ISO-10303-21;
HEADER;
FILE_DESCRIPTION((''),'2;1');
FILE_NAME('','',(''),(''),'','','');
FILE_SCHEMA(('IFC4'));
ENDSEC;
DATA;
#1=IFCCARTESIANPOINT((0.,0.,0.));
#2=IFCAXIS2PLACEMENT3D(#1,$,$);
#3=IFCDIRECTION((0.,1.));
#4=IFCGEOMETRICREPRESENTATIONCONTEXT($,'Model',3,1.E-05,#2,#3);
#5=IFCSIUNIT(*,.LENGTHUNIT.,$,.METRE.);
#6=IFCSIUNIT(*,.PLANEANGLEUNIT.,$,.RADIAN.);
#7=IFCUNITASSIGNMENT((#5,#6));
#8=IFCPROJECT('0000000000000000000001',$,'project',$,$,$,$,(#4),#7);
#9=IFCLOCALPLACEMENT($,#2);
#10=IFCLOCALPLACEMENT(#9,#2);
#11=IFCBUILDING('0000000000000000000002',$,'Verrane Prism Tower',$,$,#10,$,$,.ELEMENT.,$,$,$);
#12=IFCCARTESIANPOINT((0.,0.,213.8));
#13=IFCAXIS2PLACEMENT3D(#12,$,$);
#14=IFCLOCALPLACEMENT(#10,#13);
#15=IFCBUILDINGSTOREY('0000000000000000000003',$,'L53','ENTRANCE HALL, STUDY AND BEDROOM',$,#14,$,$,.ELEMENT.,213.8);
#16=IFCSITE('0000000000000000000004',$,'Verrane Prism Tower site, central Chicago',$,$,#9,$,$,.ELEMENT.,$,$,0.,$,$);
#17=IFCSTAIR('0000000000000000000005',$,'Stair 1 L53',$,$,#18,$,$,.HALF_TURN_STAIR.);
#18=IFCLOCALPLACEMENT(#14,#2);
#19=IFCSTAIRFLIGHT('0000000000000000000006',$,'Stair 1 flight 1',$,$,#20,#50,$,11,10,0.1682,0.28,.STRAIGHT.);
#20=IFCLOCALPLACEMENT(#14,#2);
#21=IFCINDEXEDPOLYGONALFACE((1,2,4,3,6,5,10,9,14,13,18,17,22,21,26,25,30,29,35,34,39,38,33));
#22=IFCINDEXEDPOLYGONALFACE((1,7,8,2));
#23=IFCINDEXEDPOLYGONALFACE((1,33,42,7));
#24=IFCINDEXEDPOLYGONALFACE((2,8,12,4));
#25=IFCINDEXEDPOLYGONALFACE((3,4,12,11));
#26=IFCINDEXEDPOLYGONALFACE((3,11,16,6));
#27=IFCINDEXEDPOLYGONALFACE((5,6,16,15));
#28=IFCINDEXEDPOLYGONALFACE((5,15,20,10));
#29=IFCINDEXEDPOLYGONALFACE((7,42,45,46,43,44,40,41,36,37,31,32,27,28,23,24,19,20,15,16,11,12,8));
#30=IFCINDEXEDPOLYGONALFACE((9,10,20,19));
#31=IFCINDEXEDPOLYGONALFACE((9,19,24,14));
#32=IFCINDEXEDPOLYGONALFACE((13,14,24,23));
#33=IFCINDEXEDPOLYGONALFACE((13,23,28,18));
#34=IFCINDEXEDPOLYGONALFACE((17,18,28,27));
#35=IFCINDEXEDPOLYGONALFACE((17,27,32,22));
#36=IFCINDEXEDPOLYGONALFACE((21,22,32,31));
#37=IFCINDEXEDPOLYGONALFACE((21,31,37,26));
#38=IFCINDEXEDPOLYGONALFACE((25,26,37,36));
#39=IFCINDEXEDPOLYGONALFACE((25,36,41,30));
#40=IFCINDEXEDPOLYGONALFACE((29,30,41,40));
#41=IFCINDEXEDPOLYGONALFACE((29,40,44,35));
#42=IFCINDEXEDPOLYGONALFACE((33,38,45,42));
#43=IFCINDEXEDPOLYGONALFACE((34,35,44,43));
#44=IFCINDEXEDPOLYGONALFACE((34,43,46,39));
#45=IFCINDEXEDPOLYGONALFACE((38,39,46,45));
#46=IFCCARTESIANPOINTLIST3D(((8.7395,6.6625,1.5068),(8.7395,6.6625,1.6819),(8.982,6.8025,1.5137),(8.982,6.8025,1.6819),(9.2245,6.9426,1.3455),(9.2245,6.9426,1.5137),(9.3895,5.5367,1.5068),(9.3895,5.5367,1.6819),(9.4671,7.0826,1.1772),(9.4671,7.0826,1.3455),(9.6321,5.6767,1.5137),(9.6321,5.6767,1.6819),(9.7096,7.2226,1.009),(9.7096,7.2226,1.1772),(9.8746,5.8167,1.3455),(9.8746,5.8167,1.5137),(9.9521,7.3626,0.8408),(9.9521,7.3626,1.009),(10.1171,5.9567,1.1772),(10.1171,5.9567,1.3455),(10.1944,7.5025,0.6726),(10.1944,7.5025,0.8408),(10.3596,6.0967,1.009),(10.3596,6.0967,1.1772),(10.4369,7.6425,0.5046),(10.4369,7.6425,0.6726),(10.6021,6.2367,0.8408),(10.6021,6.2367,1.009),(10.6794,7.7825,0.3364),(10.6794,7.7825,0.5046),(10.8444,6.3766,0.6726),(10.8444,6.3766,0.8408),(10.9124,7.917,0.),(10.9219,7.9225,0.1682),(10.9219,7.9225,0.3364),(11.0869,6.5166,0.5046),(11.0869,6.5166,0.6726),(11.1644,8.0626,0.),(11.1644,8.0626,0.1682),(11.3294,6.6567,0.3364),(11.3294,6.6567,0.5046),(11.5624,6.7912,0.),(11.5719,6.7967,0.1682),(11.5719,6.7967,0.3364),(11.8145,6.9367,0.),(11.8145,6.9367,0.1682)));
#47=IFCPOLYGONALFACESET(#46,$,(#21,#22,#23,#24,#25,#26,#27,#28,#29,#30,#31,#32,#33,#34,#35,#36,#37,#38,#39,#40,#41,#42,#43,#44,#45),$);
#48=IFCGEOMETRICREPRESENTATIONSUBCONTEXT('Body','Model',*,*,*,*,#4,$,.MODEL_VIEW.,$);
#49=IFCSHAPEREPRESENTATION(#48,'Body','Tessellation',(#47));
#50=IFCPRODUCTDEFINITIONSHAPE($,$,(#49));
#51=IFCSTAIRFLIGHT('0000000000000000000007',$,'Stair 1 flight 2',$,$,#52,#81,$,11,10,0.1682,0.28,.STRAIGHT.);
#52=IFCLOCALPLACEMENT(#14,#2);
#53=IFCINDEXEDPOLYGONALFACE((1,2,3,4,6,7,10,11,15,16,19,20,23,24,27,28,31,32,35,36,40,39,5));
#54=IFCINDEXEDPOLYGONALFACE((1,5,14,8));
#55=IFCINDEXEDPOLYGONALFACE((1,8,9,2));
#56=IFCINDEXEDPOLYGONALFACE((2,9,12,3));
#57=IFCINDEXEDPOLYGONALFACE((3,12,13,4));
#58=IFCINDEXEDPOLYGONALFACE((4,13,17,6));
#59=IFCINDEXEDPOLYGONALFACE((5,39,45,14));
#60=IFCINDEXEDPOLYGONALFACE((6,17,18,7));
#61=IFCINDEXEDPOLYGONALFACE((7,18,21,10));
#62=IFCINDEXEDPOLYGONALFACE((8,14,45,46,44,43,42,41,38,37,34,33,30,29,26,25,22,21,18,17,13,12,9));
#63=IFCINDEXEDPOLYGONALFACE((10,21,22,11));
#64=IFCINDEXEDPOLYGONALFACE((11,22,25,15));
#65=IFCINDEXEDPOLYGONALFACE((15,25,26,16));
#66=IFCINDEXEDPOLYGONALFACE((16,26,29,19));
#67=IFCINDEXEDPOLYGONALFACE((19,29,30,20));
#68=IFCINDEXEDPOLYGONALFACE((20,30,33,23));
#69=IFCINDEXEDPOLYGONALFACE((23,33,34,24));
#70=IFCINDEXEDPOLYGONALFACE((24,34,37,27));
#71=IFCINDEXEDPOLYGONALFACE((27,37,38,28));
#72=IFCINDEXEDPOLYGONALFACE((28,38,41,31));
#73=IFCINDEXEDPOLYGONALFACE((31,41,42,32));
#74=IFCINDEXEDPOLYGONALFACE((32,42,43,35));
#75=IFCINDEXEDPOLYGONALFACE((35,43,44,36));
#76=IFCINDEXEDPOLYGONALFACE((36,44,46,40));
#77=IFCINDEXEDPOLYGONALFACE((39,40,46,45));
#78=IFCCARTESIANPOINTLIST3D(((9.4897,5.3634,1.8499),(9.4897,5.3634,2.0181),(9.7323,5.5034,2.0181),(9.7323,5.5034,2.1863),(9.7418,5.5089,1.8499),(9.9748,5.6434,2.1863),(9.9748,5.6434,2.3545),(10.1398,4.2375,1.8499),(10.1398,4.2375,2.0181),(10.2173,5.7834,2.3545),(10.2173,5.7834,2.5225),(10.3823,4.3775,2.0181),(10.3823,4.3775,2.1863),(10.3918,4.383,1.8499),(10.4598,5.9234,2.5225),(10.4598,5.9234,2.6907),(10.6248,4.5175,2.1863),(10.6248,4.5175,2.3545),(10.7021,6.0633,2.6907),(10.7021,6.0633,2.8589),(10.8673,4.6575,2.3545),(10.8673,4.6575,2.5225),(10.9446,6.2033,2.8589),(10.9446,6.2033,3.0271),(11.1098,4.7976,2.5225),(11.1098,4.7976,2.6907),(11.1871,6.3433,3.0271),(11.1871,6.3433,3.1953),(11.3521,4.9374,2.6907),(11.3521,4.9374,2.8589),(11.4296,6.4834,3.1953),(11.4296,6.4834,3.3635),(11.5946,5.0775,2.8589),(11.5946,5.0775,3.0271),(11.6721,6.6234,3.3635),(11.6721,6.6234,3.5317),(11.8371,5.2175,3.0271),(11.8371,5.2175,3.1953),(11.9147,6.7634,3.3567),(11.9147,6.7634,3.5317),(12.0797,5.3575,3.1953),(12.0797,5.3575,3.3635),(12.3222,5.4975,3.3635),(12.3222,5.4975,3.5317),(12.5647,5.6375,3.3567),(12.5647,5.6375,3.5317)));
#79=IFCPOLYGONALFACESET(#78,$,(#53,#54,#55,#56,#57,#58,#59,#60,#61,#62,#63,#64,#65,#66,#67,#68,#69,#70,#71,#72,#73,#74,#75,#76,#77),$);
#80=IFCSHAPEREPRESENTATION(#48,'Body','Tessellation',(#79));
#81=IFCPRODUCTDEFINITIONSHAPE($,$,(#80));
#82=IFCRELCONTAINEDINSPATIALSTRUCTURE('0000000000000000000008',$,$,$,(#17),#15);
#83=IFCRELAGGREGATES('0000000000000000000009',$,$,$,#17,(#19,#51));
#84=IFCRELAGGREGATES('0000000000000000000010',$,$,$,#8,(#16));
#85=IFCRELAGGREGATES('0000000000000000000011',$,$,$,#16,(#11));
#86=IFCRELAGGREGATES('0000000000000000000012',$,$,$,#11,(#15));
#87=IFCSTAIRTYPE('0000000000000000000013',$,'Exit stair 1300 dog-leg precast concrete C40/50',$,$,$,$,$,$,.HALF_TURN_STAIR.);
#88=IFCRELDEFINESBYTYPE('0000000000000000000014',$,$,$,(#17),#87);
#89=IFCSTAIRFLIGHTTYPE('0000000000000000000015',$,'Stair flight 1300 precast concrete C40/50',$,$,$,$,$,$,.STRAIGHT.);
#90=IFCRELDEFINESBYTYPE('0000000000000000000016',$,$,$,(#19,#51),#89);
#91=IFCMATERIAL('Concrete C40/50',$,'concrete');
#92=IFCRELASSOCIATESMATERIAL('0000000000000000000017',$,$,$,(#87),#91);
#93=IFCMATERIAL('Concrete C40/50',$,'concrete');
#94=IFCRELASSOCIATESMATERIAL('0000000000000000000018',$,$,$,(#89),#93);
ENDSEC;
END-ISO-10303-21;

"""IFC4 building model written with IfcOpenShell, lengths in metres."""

from ifc_helpers import new_model, si_unit, direction, frame, origin, place, context, subcontext, project, spatial, polyline, outline, extrude, material, type_object, element, aggregate, save


model = new_model("IFC4")

# Units and contexts
model_context = context("Model", 3, precision=1e-05, world=origin(), true_north=direction((0.0, 1.0)))
body_context = subcontext(model_context, "Body", "Model", "MODEL_VIEW")
ifc_project = project(units=[si_unit("LENGTHUNIT", "METRE"), si_unit("PLANEANGLEUNIT", "RADIAN")], contexts=[model_context])

# Site, building, storey
site_placement = place(None, origin())
site = spatial("IfcSite", under=ifc_project, at=site_placement, Name="Verrane Prism Tower site, central Chicago", CompositionType="ELEMENT", RefElevation=0.0)
building_placement = place(site_placement, origin())
building = spatial("IfcBuilding", under=site, at=building_placement, Name="Verrane Prism Tower", CompositionType="ELEMENT")
storey_placement = place(building_placement, frame((0.0, 0.0, 213.8)))
storey = spatial("IfcBuildingStorey", under=building, at=storey_placement, Name="L53", Description="ENTRANCE HALL, STUDY AND BEDROOM", CompositionType="ELEMENT", Elevation=213.8)

# Stair, stair flights
ifc_material_1 = material(Name="Concrete C40/50", Category="concrete")
stair_type = type_object("IfcStairType", Name="Exit stair 1300 dog-leg precast concrete C40/50", PredefinedType="HALF_TURN_STAIR", material=ifc_material_1)
stair_placement = place(storey_placement, origin())
stair = element("IfcStair", 1, at=stair_placement, inside=storey, type_object=stair_type, Name="Stair 1 L53", PredefinedType="HALF_TURN_STAIR")
ifc_material_2 = material(Name="Concrete C40/50", Category="concrete")
stair_flight_type = type_object("IfcStairFlightType", Name="Stair flight 1300 precast concrete C40/50", PredefinedType="STRAIGHT", material=ifc_material_2)
stair_flight_1_placement = place(storey_placement, frame((11.4895, 7.4995, 0.0), z_axis=(0.0, 0.0, 1.0), x_axis=(-0.866025, -0.5, 0.0)))
stair_flight_1 = element("IfcStairFlight", 2, at=stair_flight_1_placement, type_object=stair_flight_type, Name="Stair 1 flight 1", NumberOfRisers=11, NumberOfTreads=10, PredefinedType="STRAIGHT", RiserHeight=0.1682, TreadLength=0.28, context=body_context, shape_type="SweptSolid", body=[
    extrude(outline(polyline([(0.0, 0.0), (0.0, 0.1682), (0.28, 0.1682), (0.28, 0.3364), (0.5601, 0.3364), (0.5601, 0.5046), (0.8401, 0.5046), (0.8401, 0.6726), (1.1201, 0.6726), (1.1201, 0.8408), (1.3999, 0.8408), (1.3999, 1.009), (1.6799, 1.009), (1.6799, 1.1772), (1.96, 1.1772), (1.96, 1.3455), (2.24, 1.3455), (2.24, 1.5137), (2.52, 1.5137), (2.52, 1.6819), (2.8, 1.6819), (2.8, 1.8501), (2.8, 1.5068), (0.291, 0.0), (0.0, 0.0)])), frame((0.0, 0.6499, 0.0), z_axis=(0.0, -1.0, 0.0), x_axis=(1.0, 0.0, 0.0)), (0.0, 0.0, 1.0), 1.3),
])
stair_flight_2_placement = place(storey_placement, frame((9.8147, 4.8005, 1.8499), z_axis=(0.0, 0.0, 1.0), x_axis=(0.866025, 0.5, 0.0)))
stair_flight_2 = element("IfcStairFlight", 3, at=stair_flight_2_placement, type_object=stair_flight_type, Name="Stair 1 flight 2", NumberOfRisers=11, NumberOfTreads=10, PredefinedType="STRAIGHT", RiserHeight=0.1682, TreadLength=0.28, context=body_context, shape_type="SweptSolid", body=[
    extrude(outline(polyline([(0.0, 0.0), (0.0, 0.1682), (0.28, 0.1682), (0.28, 0.3364), (0.5601, 0.3364), (0.5601, 0.5046), (0.8401, 0.5046), (0.8401, 0.6726), (1.1201, 0.6726), (1.1201, 0.8408), (1.3999, 0.8408), (1.3999, 1.009), (1.6799, 1.009), (1.6799, 1.1772), (1.96, 1.1772), (1.96, 1.3455), (2.24, 1.3455), (2.24, 1.5137), (2.52, 1.5137), (2.52, 1.6819), (2.8, 1.6819), (2.8, 1.8501), (2.8, 1.5068), (0.291, 0.0), (0.0, 0.0)])), frame((0.0, 0.6499, 0.0), z_axis=(0.0, -1.0, 0.0), x_axis=(1.0, 0.0, 0.0)), (0.0, 0.0, 1.0), 1.3),
])
aggregate(stair, [stair_flight_1, stair_flight_2])

save(model, "model.ifc")
